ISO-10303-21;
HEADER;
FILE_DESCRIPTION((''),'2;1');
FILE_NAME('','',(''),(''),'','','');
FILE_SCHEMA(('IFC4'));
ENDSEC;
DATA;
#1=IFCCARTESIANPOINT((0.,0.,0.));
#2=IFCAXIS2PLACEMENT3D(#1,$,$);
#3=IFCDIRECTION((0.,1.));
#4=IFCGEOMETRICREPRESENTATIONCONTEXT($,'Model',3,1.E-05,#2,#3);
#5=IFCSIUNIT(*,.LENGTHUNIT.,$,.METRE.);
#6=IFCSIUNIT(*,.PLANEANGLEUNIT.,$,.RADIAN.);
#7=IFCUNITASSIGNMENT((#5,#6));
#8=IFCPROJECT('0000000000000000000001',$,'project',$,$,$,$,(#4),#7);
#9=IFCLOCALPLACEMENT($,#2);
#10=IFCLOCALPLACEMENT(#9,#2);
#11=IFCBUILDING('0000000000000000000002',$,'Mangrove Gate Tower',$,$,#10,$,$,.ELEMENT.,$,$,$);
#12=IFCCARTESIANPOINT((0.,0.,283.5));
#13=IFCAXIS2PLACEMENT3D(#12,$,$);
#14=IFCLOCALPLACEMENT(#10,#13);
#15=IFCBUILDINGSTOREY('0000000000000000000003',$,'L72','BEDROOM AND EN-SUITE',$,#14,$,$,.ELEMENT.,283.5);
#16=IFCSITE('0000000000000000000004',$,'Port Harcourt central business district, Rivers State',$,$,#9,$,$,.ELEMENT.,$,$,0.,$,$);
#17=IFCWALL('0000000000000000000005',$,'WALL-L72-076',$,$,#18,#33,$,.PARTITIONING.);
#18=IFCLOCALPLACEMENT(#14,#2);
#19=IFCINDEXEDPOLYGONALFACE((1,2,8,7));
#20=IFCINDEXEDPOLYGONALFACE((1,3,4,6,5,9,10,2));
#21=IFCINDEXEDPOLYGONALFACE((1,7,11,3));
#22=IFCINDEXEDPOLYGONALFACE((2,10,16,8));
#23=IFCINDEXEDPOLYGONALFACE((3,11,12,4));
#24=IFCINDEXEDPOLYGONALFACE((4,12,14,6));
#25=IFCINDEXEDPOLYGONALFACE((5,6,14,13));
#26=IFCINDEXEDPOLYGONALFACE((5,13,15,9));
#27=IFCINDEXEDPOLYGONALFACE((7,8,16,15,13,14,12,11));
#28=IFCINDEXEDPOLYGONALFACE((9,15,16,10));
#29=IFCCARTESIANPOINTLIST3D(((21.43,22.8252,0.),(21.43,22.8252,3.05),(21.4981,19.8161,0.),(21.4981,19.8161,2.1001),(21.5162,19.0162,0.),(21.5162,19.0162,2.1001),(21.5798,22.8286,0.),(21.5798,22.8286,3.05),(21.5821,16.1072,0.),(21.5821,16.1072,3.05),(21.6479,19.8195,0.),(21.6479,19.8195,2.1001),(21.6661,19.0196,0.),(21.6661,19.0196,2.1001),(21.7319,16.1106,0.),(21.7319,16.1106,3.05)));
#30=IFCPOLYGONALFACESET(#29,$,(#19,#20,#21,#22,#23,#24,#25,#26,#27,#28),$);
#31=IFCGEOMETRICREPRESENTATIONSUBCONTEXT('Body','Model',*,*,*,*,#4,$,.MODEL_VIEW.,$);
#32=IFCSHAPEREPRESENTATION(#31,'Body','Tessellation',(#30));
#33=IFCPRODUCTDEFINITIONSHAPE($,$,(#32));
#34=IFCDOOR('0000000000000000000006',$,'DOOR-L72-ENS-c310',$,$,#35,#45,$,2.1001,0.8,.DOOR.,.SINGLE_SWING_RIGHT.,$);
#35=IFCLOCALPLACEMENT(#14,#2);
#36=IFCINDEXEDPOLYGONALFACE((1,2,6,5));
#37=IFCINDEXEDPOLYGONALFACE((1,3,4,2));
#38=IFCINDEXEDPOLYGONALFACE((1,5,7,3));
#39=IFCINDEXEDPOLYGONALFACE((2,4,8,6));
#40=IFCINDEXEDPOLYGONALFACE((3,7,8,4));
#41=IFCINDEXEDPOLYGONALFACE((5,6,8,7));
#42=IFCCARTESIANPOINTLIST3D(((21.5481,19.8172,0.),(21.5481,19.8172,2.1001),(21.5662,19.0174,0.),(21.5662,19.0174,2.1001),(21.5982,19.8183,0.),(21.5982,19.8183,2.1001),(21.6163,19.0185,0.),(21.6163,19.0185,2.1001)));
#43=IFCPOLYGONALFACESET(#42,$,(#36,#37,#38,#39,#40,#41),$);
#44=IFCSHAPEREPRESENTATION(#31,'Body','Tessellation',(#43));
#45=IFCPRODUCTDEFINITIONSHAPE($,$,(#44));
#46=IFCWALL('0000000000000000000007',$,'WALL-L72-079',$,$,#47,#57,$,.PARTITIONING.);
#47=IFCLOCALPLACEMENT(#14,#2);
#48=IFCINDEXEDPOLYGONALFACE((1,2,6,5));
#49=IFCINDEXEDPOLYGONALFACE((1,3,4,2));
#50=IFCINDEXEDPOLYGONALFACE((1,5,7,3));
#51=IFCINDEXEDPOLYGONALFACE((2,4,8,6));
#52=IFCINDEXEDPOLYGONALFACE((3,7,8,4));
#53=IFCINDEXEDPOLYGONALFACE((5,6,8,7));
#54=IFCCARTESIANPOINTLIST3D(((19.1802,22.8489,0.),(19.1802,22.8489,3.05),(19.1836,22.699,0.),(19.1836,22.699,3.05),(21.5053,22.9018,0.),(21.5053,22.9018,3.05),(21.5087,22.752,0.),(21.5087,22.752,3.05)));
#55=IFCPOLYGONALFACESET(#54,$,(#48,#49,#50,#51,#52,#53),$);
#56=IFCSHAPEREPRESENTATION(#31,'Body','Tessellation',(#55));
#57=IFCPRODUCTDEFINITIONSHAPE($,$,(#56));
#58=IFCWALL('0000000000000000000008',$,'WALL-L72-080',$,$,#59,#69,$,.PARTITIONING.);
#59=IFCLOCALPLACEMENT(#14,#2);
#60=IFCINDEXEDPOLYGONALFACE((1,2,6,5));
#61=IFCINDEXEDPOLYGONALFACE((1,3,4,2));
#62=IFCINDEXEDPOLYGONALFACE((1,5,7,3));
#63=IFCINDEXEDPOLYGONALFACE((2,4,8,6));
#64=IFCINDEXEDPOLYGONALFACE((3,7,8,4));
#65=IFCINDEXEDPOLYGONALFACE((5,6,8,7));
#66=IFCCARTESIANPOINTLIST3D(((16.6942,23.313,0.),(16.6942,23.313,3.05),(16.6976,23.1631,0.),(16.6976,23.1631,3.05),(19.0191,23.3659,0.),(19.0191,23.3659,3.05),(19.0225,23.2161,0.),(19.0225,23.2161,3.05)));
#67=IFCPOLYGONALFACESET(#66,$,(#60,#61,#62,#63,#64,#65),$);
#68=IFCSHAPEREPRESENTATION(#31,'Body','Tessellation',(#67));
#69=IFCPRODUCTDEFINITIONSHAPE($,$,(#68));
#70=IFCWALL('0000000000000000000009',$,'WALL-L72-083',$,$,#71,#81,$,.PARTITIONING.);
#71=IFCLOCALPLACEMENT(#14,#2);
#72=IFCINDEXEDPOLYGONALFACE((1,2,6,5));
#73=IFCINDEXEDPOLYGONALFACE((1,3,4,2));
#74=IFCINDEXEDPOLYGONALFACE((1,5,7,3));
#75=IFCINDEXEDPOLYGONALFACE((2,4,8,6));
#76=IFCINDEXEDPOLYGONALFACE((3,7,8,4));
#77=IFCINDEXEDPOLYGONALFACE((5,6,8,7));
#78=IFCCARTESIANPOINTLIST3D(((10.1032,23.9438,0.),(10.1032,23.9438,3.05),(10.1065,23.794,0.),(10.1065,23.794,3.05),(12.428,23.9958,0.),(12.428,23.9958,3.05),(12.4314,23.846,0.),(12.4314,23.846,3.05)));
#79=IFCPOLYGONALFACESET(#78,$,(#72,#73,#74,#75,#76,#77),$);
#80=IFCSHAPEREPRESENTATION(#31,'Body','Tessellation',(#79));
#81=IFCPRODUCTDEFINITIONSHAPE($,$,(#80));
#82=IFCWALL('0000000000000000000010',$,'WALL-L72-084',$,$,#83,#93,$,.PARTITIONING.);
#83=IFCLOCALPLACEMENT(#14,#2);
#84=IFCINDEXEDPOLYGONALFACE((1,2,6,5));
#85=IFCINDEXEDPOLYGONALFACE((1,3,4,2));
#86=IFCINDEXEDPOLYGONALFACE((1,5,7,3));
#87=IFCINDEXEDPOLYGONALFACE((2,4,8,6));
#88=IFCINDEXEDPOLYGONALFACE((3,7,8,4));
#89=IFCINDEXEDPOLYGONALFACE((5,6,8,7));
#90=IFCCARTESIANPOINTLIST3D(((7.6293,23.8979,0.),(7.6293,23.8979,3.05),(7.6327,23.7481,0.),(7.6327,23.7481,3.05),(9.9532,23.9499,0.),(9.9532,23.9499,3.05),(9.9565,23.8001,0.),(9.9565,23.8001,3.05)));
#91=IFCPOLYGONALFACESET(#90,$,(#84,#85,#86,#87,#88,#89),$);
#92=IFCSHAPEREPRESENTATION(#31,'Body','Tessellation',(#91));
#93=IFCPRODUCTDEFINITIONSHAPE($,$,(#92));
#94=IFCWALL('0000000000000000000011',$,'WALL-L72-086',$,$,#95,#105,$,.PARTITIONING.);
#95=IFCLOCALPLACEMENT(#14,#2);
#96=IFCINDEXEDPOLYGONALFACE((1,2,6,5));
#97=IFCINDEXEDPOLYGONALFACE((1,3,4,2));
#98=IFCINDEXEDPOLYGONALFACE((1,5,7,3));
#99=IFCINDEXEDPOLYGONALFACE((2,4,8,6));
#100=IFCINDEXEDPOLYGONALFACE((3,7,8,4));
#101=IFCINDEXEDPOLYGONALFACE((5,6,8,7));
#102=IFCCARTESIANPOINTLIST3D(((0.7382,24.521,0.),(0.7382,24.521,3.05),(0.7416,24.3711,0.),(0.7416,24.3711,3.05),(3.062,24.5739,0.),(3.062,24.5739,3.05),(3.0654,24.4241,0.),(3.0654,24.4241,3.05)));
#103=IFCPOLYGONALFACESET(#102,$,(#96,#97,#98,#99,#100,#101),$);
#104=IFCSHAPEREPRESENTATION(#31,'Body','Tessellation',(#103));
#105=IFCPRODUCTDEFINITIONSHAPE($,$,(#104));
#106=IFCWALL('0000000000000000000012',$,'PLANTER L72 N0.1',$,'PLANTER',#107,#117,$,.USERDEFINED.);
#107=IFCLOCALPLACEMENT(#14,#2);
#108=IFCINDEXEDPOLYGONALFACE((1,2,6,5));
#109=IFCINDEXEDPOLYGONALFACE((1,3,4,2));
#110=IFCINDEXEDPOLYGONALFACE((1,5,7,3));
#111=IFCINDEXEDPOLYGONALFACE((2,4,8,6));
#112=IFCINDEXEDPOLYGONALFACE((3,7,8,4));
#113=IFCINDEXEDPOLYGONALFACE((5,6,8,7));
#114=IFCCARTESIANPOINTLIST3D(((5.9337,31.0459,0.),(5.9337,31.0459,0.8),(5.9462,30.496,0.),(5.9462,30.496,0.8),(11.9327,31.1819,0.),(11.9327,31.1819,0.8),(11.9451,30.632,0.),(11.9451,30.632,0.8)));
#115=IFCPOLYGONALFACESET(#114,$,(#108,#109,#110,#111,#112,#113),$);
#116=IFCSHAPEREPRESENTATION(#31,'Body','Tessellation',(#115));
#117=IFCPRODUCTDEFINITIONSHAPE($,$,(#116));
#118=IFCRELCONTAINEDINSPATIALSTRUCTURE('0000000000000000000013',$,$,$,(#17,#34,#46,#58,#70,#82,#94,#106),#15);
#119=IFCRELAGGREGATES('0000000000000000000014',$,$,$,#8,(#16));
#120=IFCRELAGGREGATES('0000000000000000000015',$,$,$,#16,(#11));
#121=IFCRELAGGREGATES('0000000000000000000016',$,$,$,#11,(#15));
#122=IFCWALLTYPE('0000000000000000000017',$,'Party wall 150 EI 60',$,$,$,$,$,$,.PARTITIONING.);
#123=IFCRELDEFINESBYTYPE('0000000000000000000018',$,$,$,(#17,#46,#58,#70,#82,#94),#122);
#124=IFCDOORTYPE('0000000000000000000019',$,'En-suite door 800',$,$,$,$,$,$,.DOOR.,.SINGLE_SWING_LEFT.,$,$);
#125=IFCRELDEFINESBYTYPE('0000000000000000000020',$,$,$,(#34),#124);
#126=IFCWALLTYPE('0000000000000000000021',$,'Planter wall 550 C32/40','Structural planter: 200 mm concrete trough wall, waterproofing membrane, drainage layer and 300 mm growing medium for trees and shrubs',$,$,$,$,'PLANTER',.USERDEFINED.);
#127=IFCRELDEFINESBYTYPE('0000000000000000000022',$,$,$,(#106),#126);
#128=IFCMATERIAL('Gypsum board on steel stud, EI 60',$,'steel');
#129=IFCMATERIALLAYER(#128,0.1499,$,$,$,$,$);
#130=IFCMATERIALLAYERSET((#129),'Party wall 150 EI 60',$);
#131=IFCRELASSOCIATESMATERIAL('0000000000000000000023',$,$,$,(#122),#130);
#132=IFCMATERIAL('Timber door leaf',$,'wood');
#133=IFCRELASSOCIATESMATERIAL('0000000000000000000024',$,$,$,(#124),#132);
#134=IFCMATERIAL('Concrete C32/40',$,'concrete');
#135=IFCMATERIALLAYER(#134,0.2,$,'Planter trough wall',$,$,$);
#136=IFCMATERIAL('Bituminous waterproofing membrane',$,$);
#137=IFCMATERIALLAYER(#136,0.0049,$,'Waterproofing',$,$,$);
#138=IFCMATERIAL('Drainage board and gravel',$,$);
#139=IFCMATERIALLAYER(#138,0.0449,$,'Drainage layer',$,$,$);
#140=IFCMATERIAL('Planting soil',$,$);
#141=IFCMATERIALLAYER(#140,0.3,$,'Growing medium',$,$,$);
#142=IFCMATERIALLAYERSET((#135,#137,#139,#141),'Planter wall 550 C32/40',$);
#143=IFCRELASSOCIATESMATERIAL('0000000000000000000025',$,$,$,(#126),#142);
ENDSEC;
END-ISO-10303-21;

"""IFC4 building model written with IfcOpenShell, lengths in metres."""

from ifc_helpers import new_model, si_unit, direction, frame, frame_2d, origin, place, context, subcontext, project, spatial, rectangle, extrude, material, layer, layer_set, type_object, element, fill, save


model = new_model("IFC4")

# Units and contexts
model_context = context("Model", 3, precision=1e-05, world=origin(), true_north=direction((0.0, 1.0)))
body_context = subcontext(model_context, "Body", "Model", "MODEL_VIEW")
ifc_project = project(units=[si_unit("LENGTHUNIT", "METRE"), si_unit("PLANEANGLEUNIT", "RADIAN")], contexts=[model_context])

# Site, building, storey
site_placement = place(None, origin())
site = spatial("IfcSite", under=ifc_project, at=site_placement, Name="Port Harcourt central business district, Rivers State", CompositionType="ELEMENT", RefElevation=0.0)
building_placement = place(site_placement, origin())
building = spatial("IfcBuilding", under=site, at=building_placement, Name="Mangrove Gate Tower", CompositionType="ELEMENT")
storey_placement = place(building_placement, frame((0.0, 0.0, 283.5)))
storey = spatial("IfcBuildingStorey", under=building, at=storey_placement, Name="L72", Description="BEDROOM AND EN-SUITE", CompositionType="ELEMENT", Elevation=283.5)

# Shared definitions
ifc_material_1 = material(Name="Gypsum board on steel stud, EI 60", Category="steel")
ifc_layer_1 = layer(ifc_material_1, 0.1499)
ifc_layer_set_1 = layer_set([ifc_layer_1], Name="Party wall 150 EI 60")
wall_type_1 = type_object("IfcWallType", Name="Party wall 150 EI 60", PredefinedType="PARTITIONING", material=ifc_layer_set_1)
ifc_material_2 = material(Name="Timber door leaf", Category="wood")
door_type = type_object("IfcDoorType", Name="En-suite door 800", OperationType="SINGLE_SWING_LEFT", PredefinedType="DOOR", material=ifc_material_2)

# Wall, opening, door
wall_1_placement = place(storey_placement, frame((21.657, 16.1089, 0.0), z_axis=(0.0, 0.0, 1.0), x_axis=(-0.022635, 0.999744, 0.0)))
wall_1 = element("IfcWall", 1, at=wall_1_placement, inside=storey, type_object=wall_type_1, Name="WALL-L72-076", PredefinedType="PARTITIONING", context=body_context, shape_type="SweptSolid", body=[
    extrude(rectangle(XDim=6.7197, YDim=0.1499, at=frame_2d((3.3599, 0.0))), origin(), (0.0, 0.0, 1.0), 3.05),
])
opening_1_placement = place(wall_1_placement, frame((2.9099, 0.0, 0.0)))
opening_1 = element("IfcOpeningElement", 2, at=opening_1_placement, cuts=wall_1, PredefinedType="OPENING", context=body_context, shape_type="SweptSolid", body=[
    extrude(rectangle(XDim=0.8, YDim=2.1001, at=frame_2d((0.3999, 1.05))), frame((0.0, 0.085, 0.0), z_axis=(0.0, -1.0, 0.0), x_axis=(1.0, 0.0, 0.0)), (0.0, 0.0, 1.0), 0.1699),
])
door_1_placement = place(opening_1_placement, origin())
door_1 = element("IfcDoor", 3, at=door_1_placement, inside=storey, type_object=door_type, Name="DOOR-L72-ENS-c310", OperationType="SINGLE_SWING_RIGHT", OverallHeight=2.1001, OverallWidth=0.8, PredefinedType="DOOR", context=body_context, shape_type="SweptSolid", body=[
    extrude(rectangle(XDim=0.8, YDim=2.1001, at=frame_2d((0.3999, 1.05))), frame((0.0, 0.0249, 0.0), z_axis=(0.0, -1.0, 0.0), x_axis=(1.0, 0.0, 0.0)), (0.0, 0.0, 1.0), 0.05),
])
fill(opening_1, door_1)

# Walls
wall_2_placement = place(storey_placement, frame((19.1819, 22.7739, 0.0), z_axis=(0.0, 0.0, 1.0), x_axis=(0.999741, 0.022779, 0.0)))
element("IfcWall", 4, at=wall_2_placement, inside=storey, type_object=wall_type_1, Name="WALL-L72-079", PredefinedType="PARTITIONING", context=body_context, shape_type="SweptSolid", body=[
    extrude(rectangle(XDim=2.3257, YDim=0.1499, at=frame_2d((1.1628, 0.0))), origin(), (0.0, 0.0, 1.0), 3.05),
])
for number, where, z_axis, x_axis, name in (
    (5, (16.696, 23.238, 0.0), (0.0, 0.0, 1.0), (0.99974, 0.022781, 0.0), "WALL-L72-080"),
    (6, (10.105, 23.8689, 0.0), (0.0, 0.0, 1.0), (0.99975, 0.022361, 0.0), "WALL-L72-083"),
):
    element("IfcWall", number, at=place(storey_placement, frame(where, z_axis=z_axis, x_axis=x_axis)), inside=storey, type_object=wall_type_1, Name=name, PredefinedType="PARTITIONING", context=body_context, shape_type="SweptSolid", body=[
        extrude(rectangle(XDim=2.3254, YDim=0.1499, at=frame_2d((1.1626, 0.0))), origin(), (0.0, 0.0, 1.0), 3.05),
    ])
for number, where, z_axis, x_axis, name in (
    (7, (7.6311, 23.823, 0.0), (0.0, 0.0, 1.0), (0.99975, 0.022371, 0.0), "WALL-L72-084"),
    (8, (0.74, 24.446, 0.0), (0.0, 0.0, 1.0), (0.99974, 0.022791, 0.0), "WALL-L72-086"),
):
    element("IfcWall", number, at=place(storey_placement, frame(where, z_axis=z_axis, x_axis=x_axis)), inside=storey, type_object=wall_type_1, Name=name, PredefinedType="PARTITIONING", context=body_context, shape_type="SweptSolid", body=[
        extrude(rectangle(XDim=2.3245, YDim=0.1499, at=frame_2d((1.1621, 0.0))), origin(), (0.0, 0.0, 1.0), 3.05),
    ])
ifc_material_3 = material(Name="Concrete C32/40", Category="concrete")
ifc_layer_2 = layer(ifc_material_3, 0.2, Name="Planter trough wall")
ifc_material_4 = material(Name="Bituminous waterproofing membrane")
ifc_layer_3 = layer(ifc_material_4, 0.0049, Name="Waterproofing")
ifc_material_5 = material(Name="Drainage board and gravel")
ifc_layer_4 = layer(ifc_material_5, 0.0449, Name="Drainage layer")
ifc_material_6 = material(Name="Planting soil")
ifc_layer_5 = layer(ifc_material_6, 0.3, Name="Growing medium")
ifc_layer_set_2 = layer_set([ifc_layer_2, ifc_layer_3, ifc_layer_4, ifc_layer_5], Name="Planter wall 550 C32/40")
wall_type_2 = type_object("IfcWallType", Name="Planter wall 550 C32/40", Description="Structural planter: 200 mm concrete trough wall, waterproofing membrane, drainage layer and 300 mm growing medium for trees and shrubs", ElementType="PLANTER", PredefinedType="USERDEFINED", material=ifc_layer_set_2)
wall_3_placement = place(storey_placement, frame((5.9399, 30.771, 0.0), z_axis=(0.0, 0.0, 1.0), x_axis=(0.999743, 0.022662, 0.0)))
element("IfcWall", 9, at=wall_3_placement, inside=storey, type_object=wall_type_2, Name="PLANTER L72 N0.1", ObjectType="PLANTER", PredefinedType="USERDEFINED", context=body_context, shape_type="SweptSolid", body=[
    extrude(rectangle(XDim=6.0005, YDim=0.55, at=frame_2d((3.0002, 0.0))), origin(), (0.0, 0.0, 1.0), 0.8),
])

save(model, "model.ifc")
